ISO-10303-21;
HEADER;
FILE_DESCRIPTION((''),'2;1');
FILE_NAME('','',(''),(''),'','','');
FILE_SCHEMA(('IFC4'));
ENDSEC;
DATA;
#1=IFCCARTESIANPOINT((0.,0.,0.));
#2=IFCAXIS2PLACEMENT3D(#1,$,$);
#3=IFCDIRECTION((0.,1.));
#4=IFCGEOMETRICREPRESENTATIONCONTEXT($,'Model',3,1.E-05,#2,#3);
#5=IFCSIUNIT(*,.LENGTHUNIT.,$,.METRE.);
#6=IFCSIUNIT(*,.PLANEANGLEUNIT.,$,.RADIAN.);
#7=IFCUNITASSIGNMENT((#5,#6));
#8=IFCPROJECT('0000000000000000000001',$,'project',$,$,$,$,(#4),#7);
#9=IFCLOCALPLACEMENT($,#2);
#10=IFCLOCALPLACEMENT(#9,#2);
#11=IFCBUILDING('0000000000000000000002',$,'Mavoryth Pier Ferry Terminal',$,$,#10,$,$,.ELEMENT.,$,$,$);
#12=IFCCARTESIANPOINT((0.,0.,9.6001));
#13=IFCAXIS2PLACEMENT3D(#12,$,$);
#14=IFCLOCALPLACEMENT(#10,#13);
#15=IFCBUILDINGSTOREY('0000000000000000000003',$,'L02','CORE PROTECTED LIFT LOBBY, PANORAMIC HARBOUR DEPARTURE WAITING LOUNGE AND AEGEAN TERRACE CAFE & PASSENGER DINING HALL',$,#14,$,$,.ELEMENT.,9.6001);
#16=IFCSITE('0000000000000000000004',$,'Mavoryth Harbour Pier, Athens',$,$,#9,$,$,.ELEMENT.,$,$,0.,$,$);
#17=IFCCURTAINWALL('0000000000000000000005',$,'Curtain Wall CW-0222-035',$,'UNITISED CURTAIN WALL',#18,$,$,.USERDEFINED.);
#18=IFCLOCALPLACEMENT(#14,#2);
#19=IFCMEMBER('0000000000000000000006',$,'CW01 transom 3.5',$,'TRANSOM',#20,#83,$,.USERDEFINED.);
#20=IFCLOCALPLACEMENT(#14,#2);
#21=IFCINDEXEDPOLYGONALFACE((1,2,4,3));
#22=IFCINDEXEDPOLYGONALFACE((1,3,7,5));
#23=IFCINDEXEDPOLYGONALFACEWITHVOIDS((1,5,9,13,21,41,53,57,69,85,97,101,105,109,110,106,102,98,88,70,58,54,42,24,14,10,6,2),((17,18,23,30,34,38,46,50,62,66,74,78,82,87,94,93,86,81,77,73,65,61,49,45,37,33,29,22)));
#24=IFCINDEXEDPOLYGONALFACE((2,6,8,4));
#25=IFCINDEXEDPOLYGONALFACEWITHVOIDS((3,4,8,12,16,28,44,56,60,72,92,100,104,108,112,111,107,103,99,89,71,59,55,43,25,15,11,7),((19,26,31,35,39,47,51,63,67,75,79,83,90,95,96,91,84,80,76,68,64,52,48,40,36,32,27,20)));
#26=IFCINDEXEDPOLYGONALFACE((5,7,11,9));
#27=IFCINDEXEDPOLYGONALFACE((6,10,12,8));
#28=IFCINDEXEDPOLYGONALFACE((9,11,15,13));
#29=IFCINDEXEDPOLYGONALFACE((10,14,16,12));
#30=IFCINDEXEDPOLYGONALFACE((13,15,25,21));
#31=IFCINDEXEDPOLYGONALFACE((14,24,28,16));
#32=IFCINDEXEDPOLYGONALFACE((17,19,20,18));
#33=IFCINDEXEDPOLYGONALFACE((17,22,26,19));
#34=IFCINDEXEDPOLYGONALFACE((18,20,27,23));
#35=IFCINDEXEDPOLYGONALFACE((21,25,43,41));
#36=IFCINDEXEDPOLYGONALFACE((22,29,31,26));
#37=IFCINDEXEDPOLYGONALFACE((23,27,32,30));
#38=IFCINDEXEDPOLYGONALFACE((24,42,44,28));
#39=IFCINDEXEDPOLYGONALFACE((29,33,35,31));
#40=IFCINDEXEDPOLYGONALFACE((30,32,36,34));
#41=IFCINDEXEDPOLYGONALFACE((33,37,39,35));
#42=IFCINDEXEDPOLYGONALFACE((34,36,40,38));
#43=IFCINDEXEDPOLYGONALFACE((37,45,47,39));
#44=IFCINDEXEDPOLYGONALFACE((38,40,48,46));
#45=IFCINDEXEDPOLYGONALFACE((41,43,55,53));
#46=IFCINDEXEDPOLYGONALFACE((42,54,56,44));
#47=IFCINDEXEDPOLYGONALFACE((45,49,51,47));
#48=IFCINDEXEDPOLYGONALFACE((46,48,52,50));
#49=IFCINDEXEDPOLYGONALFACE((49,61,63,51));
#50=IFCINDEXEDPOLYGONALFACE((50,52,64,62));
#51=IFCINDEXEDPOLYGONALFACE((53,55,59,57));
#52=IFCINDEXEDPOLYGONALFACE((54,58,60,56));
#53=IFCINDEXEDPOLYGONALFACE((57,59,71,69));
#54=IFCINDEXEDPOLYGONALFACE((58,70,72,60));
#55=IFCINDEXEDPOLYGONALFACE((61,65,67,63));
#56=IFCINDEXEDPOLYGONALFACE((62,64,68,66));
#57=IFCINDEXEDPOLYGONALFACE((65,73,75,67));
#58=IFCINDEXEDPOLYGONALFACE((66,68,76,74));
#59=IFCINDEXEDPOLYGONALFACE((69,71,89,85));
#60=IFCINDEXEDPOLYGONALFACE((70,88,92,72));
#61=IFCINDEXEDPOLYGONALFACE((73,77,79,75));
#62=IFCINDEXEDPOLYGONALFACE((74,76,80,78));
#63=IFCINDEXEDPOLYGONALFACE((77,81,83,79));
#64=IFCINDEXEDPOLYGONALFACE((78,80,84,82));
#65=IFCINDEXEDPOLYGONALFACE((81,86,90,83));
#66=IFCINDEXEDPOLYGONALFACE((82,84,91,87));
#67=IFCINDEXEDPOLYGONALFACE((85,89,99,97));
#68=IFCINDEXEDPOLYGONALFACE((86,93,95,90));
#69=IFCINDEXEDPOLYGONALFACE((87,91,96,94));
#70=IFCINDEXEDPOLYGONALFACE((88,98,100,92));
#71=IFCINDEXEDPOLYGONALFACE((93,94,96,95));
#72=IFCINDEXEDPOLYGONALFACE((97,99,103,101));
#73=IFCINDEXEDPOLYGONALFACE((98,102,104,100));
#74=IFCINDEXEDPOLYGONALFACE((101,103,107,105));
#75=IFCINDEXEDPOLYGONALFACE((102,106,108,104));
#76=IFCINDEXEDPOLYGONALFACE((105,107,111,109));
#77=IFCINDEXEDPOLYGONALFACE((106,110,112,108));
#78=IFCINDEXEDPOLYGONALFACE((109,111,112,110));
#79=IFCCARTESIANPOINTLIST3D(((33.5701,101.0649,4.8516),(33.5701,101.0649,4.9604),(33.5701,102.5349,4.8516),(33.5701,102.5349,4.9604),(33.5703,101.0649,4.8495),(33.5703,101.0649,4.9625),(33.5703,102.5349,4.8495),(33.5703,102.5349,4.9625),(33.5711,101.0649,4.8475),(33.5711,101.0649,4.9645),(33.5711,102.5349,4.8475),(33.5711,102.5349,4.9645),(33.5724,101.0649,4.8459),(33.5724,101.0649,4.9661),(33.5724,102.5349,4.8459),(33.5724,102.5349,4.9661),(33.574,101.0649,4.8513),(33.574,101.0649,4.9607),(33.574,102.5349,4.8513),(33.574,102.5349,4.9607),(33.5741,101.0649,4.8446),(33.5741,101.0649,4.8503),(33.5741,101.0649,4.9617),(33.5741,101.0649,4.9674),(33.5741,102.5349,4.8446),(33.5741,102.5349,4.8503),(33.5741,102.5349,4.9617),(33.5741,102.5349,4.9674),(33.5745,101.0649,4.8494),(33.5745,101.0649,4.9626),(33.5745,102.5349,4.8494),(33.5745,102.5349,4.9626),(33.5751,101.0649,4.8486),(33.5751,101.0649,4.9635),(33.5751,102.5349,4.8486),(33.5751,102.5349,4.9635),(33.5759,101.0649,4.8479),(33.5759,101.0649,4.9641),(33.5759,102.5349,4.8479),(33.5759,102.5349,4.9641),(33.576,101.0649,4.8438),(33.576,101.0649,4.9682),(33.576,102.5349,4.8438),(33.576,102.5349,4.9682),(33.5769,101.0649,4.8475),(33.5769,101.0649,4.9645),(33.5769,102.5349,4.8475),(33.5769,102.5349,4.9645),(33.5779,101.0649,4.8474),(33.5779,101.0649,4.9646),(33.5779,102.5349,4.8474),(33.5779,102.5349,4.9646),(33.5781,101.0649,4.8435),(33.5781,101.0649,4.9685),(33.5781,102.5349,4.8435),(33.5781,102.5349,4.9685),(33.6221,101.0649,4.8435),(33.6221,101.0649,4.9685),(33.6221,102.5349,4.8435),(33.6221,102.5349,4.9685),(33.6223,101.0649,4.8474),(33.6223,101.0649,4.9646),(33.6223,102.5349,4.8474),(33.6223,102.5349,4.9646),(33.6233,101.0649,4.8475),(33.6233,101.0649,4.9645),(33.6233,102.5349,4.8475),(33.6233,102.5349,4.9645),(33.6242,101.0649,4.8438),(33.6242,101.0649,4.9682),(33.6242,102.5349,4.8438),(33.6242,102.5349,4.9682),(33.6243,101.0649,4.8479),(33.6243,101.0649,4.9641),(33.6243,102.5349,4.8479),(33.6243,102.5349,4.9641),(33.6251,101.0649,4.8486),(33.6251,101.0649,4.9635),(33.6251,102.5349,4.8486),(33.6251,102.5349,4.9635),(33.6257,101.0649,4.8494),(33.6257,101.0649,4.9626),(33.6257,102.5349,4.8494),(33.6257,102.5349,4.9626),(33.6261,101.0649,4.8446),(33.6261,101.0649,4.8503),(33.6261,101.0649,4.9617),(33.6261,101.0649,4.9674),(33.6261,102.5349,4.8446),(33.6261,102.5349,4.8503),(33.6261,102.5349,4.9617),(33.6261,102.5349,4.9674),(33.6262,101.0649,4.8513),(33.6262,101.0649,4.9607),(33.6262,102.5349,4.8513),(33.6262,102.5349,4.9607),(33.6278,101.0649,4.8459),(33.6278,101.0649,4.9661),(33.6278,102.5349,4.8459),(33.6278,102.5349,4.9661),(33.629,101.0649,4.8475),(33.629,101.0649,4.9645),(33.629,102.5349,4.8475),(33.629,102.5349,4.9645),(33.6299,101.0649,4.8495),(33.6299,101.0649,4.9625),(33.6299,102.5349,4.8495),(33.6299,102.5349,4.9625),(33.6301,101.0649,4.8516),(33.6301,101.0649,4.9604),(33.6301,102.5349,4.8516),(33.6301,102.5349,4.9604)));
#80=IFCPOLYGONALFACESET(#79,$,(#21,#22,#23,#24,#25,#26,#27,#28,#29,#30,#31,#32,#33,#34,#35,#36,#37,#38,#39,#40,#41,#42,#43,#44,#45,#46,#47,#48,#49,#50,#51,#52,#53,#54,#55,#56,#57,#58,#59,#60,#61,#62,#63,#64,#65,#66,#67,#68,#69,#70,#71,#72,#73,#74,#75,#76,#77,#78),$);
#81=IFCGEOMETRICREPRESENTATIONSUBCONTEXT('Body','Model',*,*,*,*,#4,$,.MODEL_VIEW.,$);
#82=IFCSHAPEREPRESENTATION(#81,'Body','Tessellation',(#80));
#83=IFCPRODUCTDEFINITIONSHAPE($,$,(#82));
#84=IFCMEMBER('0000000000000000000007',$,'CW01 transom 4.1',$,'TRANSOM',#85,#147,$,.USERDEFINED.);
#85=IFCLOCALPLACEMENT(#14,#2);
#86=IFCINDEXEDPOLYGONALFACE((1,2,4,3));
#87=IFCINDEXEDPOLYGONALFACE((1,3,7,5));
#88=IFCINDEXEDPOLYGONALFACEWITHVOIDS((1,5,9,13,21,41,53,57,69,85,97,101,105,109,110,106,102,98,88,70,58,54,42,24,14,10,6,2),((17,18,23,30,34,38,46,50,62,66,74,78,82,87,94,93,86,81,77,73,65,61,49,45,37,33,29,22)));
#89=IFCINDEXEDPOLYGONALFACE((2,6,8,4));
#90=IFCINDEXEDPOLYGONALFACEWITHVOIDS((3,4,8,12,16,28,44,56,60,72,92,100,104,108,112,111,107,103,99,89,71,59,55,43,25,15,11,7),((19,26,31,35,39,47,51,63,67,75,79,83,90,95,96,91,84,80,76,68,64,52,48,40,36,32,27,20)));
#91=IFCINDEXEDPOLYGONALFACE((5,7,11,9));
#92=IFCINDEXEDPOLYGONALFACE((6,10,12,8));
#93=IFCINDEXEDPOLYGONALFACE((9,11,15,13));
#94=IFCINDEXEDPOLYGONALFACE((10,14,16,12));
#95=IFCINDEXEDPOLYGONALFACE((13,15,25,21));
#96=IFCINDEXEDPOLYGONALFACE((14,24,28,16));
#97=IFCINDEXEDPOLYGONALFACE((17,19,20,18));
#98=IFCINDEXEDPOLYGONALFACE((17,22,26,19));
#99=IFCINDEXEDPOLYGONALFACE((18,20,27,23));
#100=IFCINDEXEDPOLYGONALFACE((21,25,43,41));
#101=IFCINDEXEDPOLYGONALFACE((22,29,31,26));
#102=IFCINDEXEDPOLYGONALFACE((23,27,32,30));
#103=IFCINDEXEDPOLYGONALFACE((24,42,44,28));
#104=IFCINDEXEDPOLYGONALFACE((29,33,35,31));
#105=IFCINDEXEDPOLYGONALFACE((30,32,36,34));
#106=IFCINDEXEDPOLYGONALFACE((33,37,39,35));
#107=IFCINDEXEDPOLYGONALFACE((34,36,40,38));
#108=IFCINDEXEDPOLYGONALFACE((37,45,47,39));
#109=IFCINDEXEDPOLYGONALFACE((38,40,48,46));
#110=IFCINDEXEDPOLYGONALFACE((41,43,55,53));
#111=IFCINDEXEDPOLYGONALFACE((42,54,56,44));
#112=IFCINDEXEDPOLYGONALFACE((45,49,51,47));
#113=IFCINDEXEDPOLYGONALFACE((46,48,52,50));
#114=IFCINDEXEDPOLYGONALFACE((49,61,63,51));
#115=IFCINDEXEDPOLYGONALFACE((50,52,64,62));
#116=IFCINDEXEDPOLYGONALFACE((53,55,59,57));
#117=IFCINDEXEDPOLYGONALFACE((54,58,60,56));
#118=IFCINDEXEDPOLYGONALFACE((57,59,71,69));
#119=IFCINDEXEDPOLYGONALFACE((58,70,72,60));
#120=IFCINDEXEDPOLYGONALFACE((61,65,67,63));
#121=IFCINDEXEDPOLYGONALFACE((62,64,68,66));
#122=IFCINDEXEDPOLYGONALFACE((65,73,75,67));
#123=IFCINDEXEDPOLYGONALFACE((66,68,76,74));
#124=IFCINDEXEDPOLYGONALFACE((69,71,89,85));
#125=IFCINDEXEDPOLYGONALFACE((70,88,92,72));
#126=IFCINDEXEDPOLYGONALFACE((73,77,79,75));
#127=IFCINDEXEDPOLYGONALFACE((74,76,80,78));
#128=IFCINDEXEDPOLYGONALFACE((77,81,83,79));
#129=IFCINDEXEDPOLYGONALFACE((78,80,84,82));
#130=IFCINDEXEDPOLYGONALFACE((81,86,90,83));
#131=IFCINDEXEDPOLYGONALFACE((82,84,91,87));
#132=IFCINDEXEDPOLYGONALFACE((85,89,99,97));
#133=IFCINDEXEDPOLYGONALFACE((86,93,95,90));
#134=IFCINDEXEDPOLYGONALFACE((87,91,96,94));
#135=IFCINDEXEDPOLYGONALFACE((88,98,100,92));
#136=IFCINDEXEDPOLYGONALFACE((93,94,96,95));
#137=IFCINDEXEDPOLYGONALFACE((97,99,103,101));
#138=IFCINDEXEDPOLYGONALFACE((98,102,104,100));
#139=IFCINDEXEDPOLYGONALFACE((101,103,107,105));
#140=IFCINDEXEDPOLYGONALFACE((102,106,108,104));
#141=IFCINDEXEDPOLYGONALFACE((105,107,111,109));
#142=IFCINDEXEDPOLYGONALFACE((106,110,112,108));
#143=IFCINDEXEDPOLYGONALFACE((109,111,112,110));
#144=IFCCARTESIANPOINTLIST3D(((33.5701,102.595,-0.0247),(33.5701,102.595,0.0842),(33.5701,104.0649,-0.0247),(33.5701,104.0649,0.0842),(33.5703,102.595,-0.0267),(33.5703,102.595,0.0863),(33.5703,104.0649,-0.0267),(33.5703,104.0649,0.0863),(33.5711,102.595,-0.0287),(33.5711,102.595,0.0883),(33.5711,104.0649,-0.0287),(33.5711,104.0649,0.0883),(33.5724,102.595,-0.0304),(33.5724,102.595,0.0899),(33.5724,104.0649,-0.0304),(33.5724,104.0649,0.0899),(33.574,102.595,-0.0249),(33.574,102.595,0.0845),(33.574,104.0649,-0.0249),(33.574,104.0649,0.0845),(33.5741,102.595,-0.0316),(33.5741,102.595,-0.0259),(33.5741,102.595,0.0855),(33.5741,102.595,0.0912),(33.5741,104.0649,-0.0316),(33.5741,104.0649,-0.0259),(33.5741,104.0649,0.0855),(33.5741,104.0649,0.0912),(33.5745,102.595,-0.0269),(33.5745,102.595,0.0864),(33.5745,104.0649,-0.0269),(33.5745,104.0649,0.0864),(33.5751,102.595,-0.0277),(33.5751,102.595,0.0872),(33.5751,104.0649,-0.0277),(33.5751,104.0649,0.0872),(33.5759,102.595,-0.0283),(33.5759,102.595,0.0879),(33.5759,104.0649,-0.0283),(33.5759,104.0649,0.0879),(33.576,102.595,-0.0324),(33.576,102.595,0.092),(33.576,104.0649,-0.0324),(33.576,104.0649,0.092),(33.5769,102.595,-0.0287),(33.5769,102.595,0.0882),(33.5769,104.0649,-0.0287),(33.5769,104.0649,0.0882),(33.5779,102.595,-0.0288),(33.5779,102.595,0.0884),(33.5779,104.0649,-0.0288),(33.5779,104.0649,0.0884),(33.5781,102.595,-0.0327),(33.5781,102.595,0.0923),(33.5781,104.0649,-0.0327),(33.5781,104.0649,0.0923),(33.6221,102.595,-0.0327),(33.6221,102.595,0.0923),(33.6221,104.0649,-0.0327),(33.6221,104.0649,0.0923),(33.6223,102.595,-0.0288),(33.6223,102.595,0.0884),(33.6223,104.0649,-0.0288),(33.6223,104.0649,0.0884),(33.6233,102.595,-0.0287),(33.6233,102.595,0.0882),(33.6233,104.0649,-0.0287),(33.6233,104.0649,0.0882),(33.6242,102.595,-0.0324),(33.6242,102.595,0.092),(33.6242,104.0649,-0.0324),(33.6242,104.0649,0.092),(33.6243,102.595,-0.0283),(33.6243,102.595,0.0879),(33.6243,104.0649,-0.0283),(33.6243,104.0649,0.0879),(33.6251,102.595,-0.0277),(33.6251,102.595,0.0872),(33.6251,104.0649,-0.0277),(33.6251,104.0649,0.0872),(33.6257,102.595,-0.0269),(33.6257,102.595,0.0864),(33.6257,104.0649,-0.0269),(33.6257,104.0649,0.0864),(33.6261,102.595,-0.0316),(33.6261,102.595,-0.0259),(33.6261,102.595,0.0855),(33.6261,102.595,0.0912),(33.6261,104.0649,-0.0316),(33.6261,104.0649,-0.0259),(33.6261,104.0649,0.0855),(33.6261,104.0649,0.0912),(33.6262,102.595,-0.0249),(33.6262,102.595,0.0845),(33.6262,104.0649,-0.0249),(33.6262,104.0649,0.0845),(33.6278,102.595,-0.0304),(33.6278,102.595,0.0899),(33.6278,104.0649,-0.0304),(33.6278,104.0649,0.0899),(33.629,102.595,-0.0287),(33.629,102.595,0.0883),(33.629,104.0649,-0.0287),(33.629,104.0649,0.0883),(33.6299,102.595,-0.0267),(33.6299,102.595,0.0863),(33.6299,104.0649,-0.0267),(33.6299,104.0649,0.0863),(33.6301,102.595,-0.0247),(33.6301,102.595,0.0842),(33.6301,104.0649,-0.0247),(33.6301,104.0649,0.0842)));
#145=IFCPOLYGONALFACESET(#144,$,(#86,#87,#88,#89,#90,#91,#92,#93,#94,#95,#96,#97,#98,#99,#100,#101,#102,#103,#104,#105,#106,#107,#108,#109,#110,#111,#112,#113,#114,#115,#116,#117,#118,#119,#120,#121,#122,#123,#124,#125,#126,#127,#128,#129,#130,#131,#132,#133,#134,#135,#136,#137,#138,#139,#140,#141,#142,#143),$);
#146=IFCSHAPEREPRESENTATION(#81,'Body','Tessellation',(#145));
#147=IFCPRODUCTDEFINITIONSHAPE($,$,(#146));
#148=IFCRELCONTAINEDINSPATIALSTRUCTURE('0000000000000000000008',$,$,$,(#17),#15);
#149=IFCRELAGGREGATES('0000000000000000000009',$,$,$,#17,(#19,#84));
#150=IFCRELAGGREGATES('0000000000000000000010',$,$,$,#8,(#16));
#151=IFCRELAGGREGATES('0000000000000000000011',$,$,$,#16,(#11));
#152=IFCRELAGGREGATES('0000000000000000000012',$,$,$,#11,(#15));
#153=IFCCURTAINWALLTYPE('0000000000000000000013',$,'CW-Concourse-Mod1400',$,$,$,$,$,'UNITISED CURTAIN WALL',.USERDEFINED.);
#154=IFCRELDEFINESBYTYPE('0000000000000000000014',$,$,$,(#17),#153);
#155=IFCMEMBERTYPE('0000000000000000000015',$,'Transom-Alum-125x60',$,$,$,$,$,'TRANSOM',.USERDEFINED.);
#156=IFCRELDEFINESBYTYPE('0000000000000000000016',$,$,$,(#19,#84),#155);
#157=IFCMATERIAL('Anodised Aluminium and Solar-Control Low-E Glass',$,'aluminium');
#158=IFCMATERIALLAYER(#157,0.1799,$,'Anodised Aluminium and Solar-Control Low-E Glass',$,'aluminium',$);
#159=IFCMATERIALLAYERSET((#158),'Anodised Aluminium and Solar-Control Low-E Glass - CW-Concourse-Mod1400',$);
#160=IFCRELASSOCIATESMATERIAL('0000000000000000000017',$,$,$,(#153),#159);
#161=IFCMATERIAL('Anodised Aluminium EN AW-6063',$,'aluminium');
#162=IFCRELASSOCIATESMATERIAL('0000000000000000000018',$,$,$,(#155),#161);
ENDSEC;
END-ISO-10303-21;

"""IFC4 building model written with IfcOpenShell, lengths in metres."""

from ifc_helpers import new_model, si_unit, direction, frame, origin, origin_2d, place, context, subcontext, project, spatial, hollow_rectangle, extrude, material, layer, layer_set, material_profile, profile_set, type_object, element, aggregate, save


model = new_model("IFC4")

# Units and contexts
model_context = context("Model", 3, precision=1e-05, world=origin(), true_north=direction((0.0, 1.0)))
body_context = subcontext(model_context, "Body", "Model", "MODEL_VIEW")
ifc_project = project(units=[si_unit("LENGTHUNIT", "METRE"), si_unit("PLANEANGLEUNIT", "RADIAN")], contexts=[model_context])

# Site, building, storey
site_placement = place(None, origin())
site = spatial("IfcSite", under=ifc_project, at=site_placement, Name="Mavoryth Harbour Pier, Athens", CompositionType="ELEMENT", RefElevation=0.0)
building_placement = place(site_placement, origin())
building = spatial("IfcBuilding", under=site, at=building_placement, Name="Mavoryth Pier Ferry Terminal", CompositionType="ELEMENT")
storey_placement = place(building_placement, frame((0.0, 0.0, 9.6001)))
storey = spatial("IfcBuildingStorey", under=building, at=storey_placement, Name="L02", Description="CORE PROTECTED LIFT LOBBY, PANORAMIC HARBOUR DEPARTURE WAITING LOUNGE AND AEGEAN TERRACE CAFE & PASSENGER DINING HALL", CompositionType="ELEMENT", Elevation=9.6001)

# Curtain wall
ifc_material_1 = material(Name="Anodised Aluminium and Solar-Control Low-E Glass", Category="aluminium")
ifc_layer_1 = layer(ifc_material_1, 0.1799, Name="Anodised Aluminium and Solar-Control Low-E Glass", Category="aluminium")
ifc_layer_set_1 = layer_set([ifc_layer_1], Name="Anodised Aluminium and Solar-Control Low-E Glass - CW-Concourse-Mod1400")
curtain_wall_type = type_object("IfcCurtainWallType", Name="CW-Concourse-Mod1400", ElementType="UNITISED CURTAIN WALL", PredefinedType="USERDEFINED", material=ifc_layer_set_1)
curtain_wall_placement = place(storey_placement, origin())
curtain_wall = element("IfcCurtainWall", 1, at=curtain_wall_placement, inside=storey, type_object=curtain_wall_type, Name="Curtain Wall CW-0222-035", ObjectType="UNITISED CURTAIN WALL", PredefinedType="USERDEFINED")
ifc_material_2 = material(Name="Anodised Aluminium EN AW-6063", Category="aluminium")

# Members
ifc_material_profile_1 = material_profile(ifc_material_2, hollow_rectangle(XDim=0.0601, YDim=0.125, WallThickness=0.0039, InnerFilletRadius=0.0039, OuterFilletRadius=0.0081, at=origin_2d()), Name="AL-TRAN 125x60x4", Category="aluminium")
ifc_profile_set_1 = profile_set([ifc_material_profile_1], Name="Anodised Aluminium EN AW-6063 - AL-TRAN 125x60x4")
member_type_1 = type_object("IfcMemberType", Name="Transom-Alum-125x60", ElementType="TRANSOM", PredefinedType="USERDEFINED", material=ifc_profile_set_1)
member_1_placement = place(storey_placement, frame((33.6001, 101.0649, 4.906), z_axis=(0.0, 1.0, 0.0), x_axis=(-1.0, 0.0, 0.0)))
member_1 = element("IfcMember", 2, at=member_1_placement, type_object=member_type_1, Name="CW01 transom 3.5", ObjectType="TRANSOM", PredefinedType="USERDEFINED", context=body_context, shape_type="SweptSolid", body=[
    extrude(hollow_rectangle(XDim=0.0601, YDim=0.125, WallThickness=0.0039, InnerFilletRadius=0.0039, OuterFilletRadius=0.0081, at=origin_2d()), origin(), (0.0, 0.0, 1.0), 1.47),
])
member_2_placement = place(storey_placement, frame((33.6001, 102.595, 0.0298), z_axis=(0.0, 1.0, 0.0), x_axis=(-1.0, 0.0, 0.0)))
member_2 = element("IfcMember", 3, at=member_2_placement, type_object=member_type_1, Name="CW01 transom 4.1", ObjectType="TRANSOM", PredefinedType="USERDEFINED", context=body_context, shape_type="SweptSolid", body=[
    extrude(hollow_rectangle(XDim=0.0601, YDim=0.125, WallThickness=0.0039, InnerFilletRadius=0.0039, OuterFilletRadius=0.0081, at=origin_2d()), origin(), (0.0, 0.0, 1.0), 1.47),
])

aggregate(curtain_wall, [member_1, member_2])

save(model, "model.ifc")
